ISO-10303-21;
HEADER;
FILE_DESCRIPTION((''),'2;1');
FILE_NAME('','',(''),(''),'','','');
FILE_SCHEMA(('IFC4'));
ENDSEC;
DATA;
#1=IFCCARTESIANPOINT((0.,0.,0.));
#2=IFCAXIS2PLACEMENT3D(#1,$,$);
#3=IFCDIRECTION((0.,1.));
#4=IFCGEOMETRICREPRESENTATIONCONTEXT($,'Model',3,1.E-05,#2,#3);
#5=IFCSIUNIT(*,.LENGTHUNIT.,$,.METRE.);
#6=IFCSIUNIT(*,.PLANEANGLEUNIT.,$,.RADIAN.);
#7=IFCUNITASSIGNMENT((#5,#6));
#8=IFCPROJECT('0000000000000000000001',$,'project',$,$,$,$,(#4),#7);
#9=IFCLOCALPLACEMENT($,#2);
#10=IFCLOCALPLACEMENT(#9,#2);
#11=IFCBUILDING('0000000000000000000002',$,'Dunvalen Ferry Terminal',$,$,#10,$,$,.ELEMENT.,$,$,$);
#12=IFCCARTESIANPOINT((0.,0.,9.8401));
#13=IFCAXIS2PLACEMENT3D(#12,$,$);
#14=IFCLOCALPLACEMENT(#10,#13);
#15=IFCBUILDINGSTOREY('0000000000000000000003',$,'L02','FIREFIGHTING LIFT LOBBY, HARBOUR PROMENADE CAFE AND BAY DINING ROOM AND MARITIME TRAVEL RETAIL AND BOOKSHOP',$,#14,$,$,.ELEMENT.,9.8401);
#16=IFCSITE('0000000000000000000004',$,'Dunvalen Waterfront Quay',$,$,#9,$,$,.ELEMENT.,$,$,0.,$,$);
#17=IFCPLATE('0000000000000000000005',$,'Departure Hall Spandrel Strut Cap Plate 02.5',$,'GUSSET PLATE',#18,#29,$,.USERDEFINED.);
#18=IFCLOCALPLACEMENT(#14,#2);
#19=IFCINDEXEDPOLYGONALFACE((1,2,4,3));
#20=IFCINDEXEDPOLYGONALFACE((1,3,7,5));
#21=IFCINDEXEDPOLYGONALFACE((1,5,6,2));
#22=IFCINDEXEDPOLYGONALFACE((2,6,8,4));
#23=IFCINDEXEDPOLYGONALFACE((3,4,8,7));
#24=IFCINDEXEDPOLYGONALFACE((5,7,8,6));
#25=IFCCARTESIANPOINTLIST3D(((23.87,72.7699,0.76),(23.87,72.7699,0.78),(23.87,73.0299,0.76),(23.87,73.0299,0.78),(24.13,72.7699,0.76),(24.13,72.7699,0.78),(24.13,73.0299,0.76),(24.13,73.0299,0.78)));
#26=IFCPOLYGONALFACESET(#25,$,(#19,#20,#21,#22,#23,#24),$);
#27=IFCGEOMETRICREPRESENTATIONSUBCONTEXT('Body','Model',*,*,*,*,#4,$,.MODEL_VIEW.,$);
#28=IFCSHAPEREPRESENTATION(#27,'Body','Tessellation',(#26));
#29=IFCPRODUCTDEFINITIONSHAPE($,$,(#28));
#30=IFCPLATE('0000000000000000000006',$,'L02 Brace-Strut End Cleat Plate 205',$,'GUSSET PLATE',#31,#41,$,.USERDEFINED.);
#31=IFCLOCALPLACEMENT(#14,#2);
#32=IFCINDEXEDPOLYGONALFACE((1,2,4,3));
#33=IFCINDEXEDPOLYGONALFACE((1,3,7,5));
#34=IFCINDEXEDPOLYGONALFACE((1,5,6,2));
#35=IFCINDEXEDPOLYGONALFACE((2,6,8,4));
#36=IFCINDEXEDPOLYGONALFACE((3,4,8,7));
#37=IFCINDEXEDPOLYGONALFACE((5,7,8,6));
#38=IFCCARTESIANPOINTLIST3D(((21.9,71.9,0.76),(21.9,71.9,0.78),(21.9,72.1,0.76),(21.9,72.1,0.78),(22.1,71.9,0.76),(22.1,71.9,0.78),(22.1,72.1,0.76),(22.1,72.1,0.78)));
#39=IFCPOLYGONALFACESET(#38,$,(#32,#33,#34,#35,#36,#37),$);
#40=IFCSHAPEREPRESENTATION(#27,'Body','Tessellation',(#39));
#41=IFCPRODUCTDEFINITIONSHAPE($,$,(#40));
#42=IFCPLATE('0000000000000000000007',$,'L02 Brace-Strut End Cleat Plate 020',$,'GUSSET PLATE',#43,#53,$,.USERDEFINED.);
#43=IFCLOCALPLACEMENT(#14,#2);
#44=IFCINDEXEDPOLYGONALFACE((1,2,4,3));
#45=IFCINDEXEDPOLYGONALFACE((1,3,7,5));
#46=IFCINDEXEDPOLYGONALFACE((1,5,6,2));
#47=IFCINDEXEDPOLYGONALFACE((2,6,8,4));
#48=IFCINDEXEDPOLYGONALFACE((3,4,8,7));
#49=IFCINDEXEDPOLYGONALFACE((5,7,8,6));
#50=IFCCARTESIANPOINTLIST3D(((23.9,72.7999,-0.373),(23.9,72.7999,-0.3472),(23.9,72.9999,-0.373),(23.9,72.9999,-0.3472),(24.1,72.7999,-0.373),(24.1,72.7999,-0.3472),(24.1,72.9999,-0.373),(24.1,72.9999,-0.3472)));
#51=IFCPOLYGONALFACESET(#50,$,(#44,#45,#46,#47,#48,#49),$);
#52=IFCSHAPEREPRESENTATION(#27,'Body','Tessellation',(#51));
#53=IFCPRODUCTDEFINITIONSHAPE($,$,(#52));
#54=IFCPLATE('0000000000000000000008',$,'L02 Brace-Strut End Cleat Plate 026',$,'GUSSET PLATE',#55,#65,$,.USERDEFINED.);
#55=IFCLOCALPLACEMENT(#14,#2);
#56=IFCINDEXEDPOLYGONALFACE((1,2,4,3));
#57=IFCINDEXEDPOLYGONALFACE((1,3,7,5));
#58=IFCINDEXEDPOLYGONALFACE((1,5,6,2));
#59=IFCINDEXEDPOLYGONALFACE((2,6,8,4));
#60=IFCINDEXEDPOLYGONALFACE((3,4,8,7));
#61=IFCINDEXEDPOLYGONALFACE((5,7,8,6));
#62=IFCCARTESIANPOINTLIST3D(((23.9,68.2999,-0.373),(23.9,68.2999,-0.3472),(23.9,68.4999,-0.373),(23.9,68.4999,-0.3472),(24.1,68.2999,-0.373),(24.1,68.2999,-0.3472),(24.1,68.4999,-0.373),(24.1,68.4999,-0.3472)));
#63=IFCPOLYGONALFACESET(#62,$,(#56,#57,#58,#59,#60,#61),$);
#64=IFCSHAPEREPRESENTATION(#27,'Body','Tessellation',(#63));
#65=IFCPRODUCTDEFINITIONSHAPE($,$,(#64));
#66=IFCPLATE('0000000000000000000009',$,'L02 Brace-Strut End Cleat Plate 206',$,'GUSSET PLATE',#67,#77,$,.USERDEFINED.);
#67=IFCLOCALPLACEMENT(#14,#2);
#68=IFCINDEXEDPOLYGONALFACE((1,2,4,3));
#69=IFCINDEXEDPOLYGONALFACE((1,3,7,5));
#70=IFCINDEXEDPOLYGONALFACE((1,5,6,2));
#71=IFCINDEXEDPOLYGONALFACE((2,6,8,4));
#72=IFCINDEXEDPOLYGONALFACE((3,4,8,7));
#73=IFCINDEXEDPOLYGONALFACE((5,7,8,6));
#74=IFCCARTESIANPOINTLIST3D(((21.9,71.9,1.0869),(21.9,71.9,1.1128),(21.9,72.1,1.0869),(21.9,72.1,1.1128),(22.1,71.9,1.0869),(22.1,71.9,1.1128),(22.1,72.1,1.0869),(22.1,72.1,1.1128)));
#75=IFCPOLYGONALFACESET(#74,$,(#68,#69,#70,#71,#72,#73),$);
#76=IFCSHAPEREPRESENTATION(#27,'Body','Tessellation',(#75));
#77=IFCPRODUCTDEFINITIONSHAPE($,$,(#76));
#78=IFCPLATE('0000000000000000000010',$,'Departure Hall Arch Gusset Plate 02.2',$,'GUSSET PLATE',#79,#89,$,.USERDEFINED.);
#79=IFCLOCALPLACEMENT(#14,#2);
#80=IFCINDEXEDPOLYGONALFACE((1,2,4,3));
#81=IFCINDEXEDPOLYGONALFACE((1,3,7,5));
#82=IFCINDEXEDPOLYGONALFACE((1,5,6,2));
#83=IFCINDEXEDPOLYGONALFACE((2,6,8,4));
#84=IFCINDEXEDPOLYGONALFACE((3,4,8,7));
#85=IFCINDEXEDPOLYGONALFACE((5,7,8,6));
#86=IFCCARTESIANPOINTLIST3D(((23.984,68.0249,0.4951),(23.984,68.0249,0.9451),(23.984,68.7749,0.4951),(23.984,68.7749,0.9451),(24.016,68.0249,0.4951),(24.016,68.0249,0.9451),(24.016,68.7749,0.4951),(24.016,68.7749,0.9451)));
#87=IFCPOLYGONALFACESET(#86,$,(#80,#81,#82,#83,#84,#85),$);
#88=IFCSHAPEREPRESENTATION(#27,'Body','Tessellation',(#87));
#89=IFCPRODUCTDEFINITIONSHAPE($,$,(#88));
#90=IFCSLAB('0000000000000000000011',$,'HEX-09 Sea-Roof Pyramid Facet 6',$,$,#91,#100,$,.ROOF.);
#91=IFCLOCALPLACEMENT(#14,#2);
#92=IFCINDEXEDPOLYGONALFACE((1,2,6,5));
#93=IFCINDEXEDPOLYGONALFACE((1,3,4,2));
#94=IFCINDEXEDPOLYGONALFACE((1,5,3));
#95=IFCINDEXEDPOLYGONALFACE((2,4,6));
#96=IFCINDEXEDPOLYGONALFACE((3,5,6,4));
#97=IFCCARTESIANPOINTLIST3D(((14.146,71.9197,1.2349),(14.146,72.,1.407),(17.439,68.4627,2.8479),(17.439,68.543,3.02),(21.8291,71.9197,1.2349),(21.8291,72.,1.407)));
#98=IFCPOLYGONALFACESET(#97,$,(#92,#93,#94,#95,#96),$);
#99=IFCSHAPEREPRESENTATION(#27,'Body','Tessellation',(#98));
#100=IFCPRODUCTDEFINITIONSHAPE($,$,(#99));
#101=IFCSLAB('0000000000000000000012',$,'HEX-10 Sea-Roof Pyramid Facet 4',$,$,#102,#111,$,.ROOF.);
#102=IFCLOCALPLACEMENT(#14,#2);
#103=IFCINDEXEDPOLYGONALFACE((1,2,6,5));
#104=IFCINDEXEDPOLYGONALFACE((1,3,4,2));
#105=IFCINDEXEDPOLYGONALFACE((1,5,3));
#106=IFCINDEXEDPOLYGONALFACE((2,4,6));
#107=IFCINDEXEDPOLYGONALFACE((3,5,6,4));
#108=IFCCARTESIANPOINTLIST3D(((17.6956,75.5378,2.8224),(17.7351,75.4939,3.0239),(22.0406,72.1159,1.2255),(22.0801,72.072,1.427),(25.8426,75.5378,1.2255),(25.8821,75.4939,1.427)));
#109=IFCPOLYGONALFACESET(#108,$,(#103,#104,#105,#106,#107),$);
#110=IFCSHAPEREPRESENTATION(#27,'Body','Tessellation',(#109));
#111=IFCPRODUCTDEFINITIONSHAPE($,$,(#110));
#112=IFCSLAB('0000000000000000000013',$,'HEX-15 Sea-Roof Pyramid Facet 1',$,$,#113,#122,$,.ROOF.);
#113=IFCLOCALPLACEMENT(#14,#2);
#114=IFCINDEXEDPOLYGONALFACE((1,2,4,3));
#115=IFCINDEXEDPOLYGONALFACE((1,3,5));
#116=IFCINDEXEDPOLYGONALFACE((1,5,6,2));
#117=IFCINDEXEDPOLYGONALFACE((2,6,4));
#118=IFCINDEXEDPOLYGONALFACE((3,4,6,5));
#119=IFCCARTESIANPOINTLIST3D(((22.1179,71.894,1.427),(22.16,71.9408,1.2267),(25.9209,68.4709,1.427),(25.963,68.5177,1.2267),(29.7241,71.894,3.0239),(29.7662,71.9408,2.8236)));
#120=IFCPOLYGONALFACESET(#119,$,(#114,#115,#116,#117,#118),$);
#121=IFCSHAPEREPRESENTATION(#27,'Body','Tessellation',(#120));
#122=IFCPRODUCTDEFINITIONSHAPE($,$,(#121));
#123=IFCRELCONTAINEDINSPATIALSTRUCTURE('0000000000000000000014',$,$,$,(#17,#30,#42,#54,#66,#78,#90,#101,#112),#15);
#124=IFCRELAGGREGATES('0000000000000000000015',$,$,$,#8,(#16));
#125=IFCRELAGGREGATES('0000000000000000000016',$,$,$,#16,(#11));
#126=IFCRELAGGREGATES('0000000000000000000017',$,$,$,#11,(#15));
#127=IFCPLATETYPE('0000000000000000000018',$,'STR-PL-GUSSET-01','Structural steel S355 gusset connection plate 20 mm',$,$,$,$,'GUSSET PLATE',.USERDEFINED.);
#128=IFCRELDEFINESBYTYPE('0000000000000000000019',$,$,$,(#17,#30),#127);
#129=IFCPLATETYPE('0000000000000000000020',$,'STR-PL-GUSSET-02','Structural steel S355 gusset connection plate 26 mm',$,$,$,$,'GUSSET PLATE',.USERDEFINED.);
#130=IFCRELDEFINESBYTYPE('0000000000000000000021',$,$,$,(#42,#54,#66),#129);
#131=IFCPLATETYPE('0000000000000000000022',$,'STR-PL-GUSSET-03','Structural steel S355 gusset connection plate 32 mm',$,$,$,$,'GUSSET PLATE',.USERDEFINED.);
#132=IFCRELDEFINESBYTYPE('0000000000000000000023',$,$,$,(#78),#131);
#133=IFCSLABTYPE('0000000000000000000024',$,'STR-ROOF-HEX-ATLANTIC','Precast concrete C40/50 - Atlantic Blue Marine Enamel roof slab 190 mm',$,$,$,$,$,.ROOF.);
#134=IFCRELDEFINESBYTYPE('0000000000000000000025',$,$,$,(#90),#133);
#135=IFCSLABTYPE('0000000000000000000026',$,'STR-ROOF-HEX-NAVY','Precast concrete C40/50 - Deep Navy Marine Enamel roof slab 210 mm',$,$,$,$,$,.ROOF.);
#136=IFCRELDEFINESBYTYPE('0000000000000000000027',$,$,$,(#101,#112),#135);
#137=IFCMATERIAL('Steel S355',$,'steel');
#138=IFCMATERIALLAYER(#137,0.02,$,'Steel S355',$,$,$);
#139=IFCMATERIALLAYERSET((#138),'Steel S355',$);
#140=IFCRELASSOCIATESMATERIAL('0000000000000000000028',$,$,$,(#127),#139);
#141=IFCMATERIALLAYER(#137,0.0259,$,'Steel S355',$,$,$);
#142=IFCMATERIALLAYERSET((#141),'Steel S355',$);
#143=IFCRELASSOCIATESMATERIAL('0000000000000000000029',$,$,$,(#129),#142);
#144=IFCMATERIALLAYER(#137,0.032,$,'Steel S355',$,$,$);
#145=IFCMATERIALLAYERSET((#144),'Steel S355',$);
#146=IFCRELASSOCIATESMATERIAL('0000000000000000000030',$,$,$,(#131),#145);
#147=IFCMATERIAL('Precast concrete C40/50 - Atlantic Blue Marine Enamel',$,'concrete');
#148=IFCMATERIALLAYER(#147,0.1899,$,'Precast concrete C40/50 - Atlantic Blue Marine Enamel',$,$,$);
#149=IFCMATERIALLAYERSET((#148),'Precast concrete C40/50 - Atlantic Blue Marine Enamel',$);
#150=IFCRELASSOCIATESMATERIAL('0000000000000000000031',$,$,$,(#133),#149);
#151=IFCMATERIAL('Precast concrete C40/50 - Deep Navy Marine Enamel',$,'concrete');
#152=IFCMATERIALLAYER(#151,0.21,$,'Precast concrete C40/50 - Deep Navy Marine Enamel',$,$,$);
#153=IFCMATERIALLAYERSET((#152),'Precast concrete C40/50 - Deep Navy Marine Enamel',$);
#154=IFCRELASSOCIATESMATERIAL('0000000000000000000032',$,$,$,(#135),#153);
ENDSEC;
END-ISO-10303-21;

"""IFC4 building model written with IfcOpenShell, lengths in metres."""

from ifc_helpers import new_model, si_unit, direction, frame, origin, origin_2d, place, context, subcontext, project, spatial, polyline, rectangle, outline, extrude, material, layer, layer_set, type_object, element, save


model = new_model("IFC4")

# Units and contexts
model_context = context("Model", 3, precision=1e-05, world=origin(), true_north=direction((0.0, 1.0)))
body_context = subcontext(model_context, "Body", "Model", "MODEL_VIEW")
ifc_project = project(units=[si_unit("LENGTHUNIT", "METRE"), si_unit("PLANEANGLEUNIT", "RADIAN")], contexts=[model_context])

# Site, building, storey
site_placement = place(None, origin())
site = spatial("IfcSite", under=ifc_project, at=site_placement, Name="Dunvalen Waterfront Quay", CompositionType="ELEMENT", RefElevation=0.0)
building_placement = place(site_placement, origin())
building = spatial("IfcBuilding", under=site, at=building_placement, Name="Dunvalen Ferry Terminal", CompositionType="ELEMENT")
storey_placement = place(building_placement, frame((0.0, 0.0, 9.8401)))
storey = spatial("IfcBuildingStorey", under=building, at=storey_placement, Name="L02", Description="FIREFIGHTING LIFT LOBBY, HARBOUR PROMENADE CAFE AND BAY DINING ROOM AND MARITIME TRAVEL RETAIL AND BOOKSHOP", CompositionType="ELEMENT", Elevation=9.8401)

# Shared definitions
ifc_material_1 = material(Name="Steel S355", Category="steel")

# Plates
ifc_layer_1 = layer(ifc_material_1, 0.02, Name="Steel S355")
ifc_layer_set_1 = layer_set([ifc_layer_1], Name="Steel S355")
plate_type_1 = type_object("IfcPlateType", Name="STR-PL-GUSSET-01", Description="Structural steel S355 gusset connection plate 20 mm", ElementType="GUSSET PLATE", PredefinedType="USERDEFINED", material=ifc_layer_set_1)
for number, where, z_axis, x_axis, name in (
    (1, (24.0, 72.8999, 0.76), (0.0, 0.0, 1.0), (1.0, 0.0, 0.0), "Departure Hall Spandrel Strut Cap Plate 02.5"),
):
    element("IfcPlate", number, at=place(storey_placement, frame(where, z_axis=z_axis, x_axis=x_axis)), inside=storey, type_object=plate_type_1, Name=name, ObjectType="GUSSET PLATE", PredefinedType="USERDEFINED", context=body_context, shape_type="SweptSolid", body=[
        extrude(rectangle(XDim=0.26, YDim=0.26, at=origin_2d()), origin(), (0.0, 0.0, 1.0), 0.02),
    ])
plate_1_placement = place(storey_placement, frame((22.0, 72.0, 0.76), z_axis=(0.0, 0.0, 1.0), x_axis=(1.0, 0.0, 0.0)))
element("IfcPlate", 2, at=plate_1_placement, inside=storey, type_object=plate_type_1, Name="L02 Brace-Strut End Cleat Plate 205", ObjectType="GUSSET PLATE", PredefinedType="USERDEFINED", context=body_context, shape_type="SweptSolid", body=[
    extrude(rectangle(XDim=0.2, YDim=0.2, at=origin_2d()), origin(), (0.0, 0.0, 1.0), 0.02),
])
ifc_layer_2 = layer(ifc_material_1, 0.0259, Name="Steel S355")
ifc_layer_set_2 = layer_set([ifc_layer_2], Name="Steel S355")
plate_type_2 = type_object("IfcPlateType", Name="STR-PL-GUSSET-02", Description="Structural steel S355 gusset connection plate 26 mm", ElementType="GUSSET PLATE", PredefinedType="USERDEFINED", material=ifc_layer_set_2)
for number, where, z_axis, x_axis, name in (
    (3, (24.0, 72.8999, -0.373), (0.0, 0.0, 1.0), (1.0, 0.0, 0.0), "L02 Brace-Strut End Cleat Plate 020"),
    (4, (24.0, 68.3999, -0.373), (0.0, 0.0, 1.0), (1.0, 0.0, 0.0), "L02 Brace-Strut End Cleat Plate 026"),
    (5, (22.0, 72.0, 1.0869), (0.0, 0.0, 1.0), (1.0, 0.0, 0.0), "L02 Brace-Strut End Cleat Plate 206"),
):
    element("IfcPlate", number, at=place(storey_placement, frame(where, z_axis=z_axis, x_axis=x_axis)), inside=storey, type_object=plate_type_2, Name=name, ObjectType="GUSSET PLATE", PredefinedType="USERDEFINED", context=body_context, shape_type="SweptSolid", body=[
        extrude(rectangle(XDim=0.2, YDim=0.2, at=origin_2d()), origin(), (0.0, 0.0, 1.0), 0.0259),
    ])
ifc_layer_3 = layer(ifc_material_1, 0.032, Name="Steel S355")
ifc_layer_set_3 = layer_set([ifc_layer_3], Name="Steel S355")
plate_type_3 = type_object("IfcPlateType", Name="STR-PL-GUSSET-03", Description="Structural steel S355 gusset connection plate 32 mm", ElementType="GUSSET PLATE", PredefinedType="USERDEFINED", material=ifc_layer_set_3)
plate_2_placement = place(storey_placement, frame((24.0, 68.3999, 0.4951), z_axis=(0.0, 0.0, 1.0), x_axis=(1.0, 0.0, 0.0)))
element("IfcPlate", 6, at=plate_2_placement, inside=storey, type_object=plate_type_3, Name="Departure Hall Arch Gusset Plate 02.2", ObjectType="GUSSET PLATE", PredefinedType="USERDEFINED", context=body_context, shape_type="SweptSolid", body=[
    extrude(rectangle(XDim=0.032, YDim=0.75, at=origin_2d()), origin(), (0.0, 0.0, 1.0), 0.45),
])

# Slabs
ifc_material_2 = material(Name="Precast concrete C40/50 - Atlantic Blue Marine Enamel", Category="concrete")
ifc_layer_4 = layer(ifc_material_2, 0.1899, Name="Precast concrete C40/50 - Atlantic Blue Marine Enamel")
ifc_layer_set_4 = layer_set([ifc_layer_4], Name="Precast concrete C40/50 - Atlantic Blue Marine Enamel")
slab_type_1 = type_object("IfcSlabType", Name="STR-ROOF-HEX-ATLANTIC", Description="Precast concrete C40/50 - Atlantic Blue Marine Enamel roof slab 190 mm", PredefinedType="ROOF", material=ifc_layer_set_4)
slab_1_placement = place(storey_placement, frame((21.8291, 72.0, 1.407), z_axis=(0.0, 0.422833, 0.906208), x_axis=(-1.0, 0.0, 0.0)))
element("IfcSlab", 7, at=slab_1_placement, inside=storey, type_object=slab_type_1, Name="HEX-09 Sea-Roof Pyramid Facet 6", PredefinedType="ROOF", context=body_context, shape_type="SweptSolid", body=[
    extrude(outline(polyline([(0.0, 0.0), (7.6831, 0.0), (4.3901, 3.8148), (0.0, 0.0)])), origin(), (0.0, 0.0, -1.0), 0.1899),
])
ifc_material_3 = material(Name="Precast concrete C40/50 - Deep Navy Marine Enamel", Category="concrete")
ifc_layer_5 = layer(ifc_material_3, 0.21, Name="Precast concrete C40/50 - Deep Navy Marine Enamel")
ifc_layer_set_5 = layer_set([ifc_layer_5], Name="Precast concrete C40/50 - Deep Navy Marine Enamel")
slab_type_2 = type_object("IfcSlabType", Name="STR-ROOF-HEX-NAVY", Description="Precast concrete C40/50 - Deep Navy Marine Enamel roof slab 210 mm", PredefinedType="ROOF", material=ifc_layer_set_5)
slab_2_placement = place(storey_placement, frame((22.0801, 72.072, 1.427), z_axis=(0.188106, -0.209002, 0.959653), x_axis=(0.743287, 0.668973, 0.0)))
element("IfcSlab", 8, at=slab_2_placement, inside=storey, type_object=slab_type_2, Name="HEX-10 Sea-Roof Pyramid Facet 4", PredefinedType="ROOF", context=body_context, shape_type="SweptSolid", body=[
    extrude(outline(polyline([(0.0, 0.0), (5.1151, 0.0), (-0.9404, 5.6792), (0.0, 0.0)])), origin(), (0.0, 0.0, -1.0), 0.21),
])
slab_3_placement = place(storey_placement, frame((22.1179, 71.894, 1.427), z_axis=(-0.200318, -0.222548, 0.95412), x_axis=(0.743254, -0.66901, 0.0)))
element("IfcSlab", 9, at=slab_3_placement, inside=storey, type_object=slab_type_2, Name="HEX-15 Sea-Roof Pyramid Facet 1", PredefinedType="ROOF", context=body_context, shape_type="SweptSolid", body=[
    extrude(outline(polyline([(0.0, 0.0), (5.1167, 0.0), (5.6533, 5.3333), (0.0, 0.0)])), origin(), (0.0, 0.0, -1.0), 0.21),
])

save(model, "model.ifc")
